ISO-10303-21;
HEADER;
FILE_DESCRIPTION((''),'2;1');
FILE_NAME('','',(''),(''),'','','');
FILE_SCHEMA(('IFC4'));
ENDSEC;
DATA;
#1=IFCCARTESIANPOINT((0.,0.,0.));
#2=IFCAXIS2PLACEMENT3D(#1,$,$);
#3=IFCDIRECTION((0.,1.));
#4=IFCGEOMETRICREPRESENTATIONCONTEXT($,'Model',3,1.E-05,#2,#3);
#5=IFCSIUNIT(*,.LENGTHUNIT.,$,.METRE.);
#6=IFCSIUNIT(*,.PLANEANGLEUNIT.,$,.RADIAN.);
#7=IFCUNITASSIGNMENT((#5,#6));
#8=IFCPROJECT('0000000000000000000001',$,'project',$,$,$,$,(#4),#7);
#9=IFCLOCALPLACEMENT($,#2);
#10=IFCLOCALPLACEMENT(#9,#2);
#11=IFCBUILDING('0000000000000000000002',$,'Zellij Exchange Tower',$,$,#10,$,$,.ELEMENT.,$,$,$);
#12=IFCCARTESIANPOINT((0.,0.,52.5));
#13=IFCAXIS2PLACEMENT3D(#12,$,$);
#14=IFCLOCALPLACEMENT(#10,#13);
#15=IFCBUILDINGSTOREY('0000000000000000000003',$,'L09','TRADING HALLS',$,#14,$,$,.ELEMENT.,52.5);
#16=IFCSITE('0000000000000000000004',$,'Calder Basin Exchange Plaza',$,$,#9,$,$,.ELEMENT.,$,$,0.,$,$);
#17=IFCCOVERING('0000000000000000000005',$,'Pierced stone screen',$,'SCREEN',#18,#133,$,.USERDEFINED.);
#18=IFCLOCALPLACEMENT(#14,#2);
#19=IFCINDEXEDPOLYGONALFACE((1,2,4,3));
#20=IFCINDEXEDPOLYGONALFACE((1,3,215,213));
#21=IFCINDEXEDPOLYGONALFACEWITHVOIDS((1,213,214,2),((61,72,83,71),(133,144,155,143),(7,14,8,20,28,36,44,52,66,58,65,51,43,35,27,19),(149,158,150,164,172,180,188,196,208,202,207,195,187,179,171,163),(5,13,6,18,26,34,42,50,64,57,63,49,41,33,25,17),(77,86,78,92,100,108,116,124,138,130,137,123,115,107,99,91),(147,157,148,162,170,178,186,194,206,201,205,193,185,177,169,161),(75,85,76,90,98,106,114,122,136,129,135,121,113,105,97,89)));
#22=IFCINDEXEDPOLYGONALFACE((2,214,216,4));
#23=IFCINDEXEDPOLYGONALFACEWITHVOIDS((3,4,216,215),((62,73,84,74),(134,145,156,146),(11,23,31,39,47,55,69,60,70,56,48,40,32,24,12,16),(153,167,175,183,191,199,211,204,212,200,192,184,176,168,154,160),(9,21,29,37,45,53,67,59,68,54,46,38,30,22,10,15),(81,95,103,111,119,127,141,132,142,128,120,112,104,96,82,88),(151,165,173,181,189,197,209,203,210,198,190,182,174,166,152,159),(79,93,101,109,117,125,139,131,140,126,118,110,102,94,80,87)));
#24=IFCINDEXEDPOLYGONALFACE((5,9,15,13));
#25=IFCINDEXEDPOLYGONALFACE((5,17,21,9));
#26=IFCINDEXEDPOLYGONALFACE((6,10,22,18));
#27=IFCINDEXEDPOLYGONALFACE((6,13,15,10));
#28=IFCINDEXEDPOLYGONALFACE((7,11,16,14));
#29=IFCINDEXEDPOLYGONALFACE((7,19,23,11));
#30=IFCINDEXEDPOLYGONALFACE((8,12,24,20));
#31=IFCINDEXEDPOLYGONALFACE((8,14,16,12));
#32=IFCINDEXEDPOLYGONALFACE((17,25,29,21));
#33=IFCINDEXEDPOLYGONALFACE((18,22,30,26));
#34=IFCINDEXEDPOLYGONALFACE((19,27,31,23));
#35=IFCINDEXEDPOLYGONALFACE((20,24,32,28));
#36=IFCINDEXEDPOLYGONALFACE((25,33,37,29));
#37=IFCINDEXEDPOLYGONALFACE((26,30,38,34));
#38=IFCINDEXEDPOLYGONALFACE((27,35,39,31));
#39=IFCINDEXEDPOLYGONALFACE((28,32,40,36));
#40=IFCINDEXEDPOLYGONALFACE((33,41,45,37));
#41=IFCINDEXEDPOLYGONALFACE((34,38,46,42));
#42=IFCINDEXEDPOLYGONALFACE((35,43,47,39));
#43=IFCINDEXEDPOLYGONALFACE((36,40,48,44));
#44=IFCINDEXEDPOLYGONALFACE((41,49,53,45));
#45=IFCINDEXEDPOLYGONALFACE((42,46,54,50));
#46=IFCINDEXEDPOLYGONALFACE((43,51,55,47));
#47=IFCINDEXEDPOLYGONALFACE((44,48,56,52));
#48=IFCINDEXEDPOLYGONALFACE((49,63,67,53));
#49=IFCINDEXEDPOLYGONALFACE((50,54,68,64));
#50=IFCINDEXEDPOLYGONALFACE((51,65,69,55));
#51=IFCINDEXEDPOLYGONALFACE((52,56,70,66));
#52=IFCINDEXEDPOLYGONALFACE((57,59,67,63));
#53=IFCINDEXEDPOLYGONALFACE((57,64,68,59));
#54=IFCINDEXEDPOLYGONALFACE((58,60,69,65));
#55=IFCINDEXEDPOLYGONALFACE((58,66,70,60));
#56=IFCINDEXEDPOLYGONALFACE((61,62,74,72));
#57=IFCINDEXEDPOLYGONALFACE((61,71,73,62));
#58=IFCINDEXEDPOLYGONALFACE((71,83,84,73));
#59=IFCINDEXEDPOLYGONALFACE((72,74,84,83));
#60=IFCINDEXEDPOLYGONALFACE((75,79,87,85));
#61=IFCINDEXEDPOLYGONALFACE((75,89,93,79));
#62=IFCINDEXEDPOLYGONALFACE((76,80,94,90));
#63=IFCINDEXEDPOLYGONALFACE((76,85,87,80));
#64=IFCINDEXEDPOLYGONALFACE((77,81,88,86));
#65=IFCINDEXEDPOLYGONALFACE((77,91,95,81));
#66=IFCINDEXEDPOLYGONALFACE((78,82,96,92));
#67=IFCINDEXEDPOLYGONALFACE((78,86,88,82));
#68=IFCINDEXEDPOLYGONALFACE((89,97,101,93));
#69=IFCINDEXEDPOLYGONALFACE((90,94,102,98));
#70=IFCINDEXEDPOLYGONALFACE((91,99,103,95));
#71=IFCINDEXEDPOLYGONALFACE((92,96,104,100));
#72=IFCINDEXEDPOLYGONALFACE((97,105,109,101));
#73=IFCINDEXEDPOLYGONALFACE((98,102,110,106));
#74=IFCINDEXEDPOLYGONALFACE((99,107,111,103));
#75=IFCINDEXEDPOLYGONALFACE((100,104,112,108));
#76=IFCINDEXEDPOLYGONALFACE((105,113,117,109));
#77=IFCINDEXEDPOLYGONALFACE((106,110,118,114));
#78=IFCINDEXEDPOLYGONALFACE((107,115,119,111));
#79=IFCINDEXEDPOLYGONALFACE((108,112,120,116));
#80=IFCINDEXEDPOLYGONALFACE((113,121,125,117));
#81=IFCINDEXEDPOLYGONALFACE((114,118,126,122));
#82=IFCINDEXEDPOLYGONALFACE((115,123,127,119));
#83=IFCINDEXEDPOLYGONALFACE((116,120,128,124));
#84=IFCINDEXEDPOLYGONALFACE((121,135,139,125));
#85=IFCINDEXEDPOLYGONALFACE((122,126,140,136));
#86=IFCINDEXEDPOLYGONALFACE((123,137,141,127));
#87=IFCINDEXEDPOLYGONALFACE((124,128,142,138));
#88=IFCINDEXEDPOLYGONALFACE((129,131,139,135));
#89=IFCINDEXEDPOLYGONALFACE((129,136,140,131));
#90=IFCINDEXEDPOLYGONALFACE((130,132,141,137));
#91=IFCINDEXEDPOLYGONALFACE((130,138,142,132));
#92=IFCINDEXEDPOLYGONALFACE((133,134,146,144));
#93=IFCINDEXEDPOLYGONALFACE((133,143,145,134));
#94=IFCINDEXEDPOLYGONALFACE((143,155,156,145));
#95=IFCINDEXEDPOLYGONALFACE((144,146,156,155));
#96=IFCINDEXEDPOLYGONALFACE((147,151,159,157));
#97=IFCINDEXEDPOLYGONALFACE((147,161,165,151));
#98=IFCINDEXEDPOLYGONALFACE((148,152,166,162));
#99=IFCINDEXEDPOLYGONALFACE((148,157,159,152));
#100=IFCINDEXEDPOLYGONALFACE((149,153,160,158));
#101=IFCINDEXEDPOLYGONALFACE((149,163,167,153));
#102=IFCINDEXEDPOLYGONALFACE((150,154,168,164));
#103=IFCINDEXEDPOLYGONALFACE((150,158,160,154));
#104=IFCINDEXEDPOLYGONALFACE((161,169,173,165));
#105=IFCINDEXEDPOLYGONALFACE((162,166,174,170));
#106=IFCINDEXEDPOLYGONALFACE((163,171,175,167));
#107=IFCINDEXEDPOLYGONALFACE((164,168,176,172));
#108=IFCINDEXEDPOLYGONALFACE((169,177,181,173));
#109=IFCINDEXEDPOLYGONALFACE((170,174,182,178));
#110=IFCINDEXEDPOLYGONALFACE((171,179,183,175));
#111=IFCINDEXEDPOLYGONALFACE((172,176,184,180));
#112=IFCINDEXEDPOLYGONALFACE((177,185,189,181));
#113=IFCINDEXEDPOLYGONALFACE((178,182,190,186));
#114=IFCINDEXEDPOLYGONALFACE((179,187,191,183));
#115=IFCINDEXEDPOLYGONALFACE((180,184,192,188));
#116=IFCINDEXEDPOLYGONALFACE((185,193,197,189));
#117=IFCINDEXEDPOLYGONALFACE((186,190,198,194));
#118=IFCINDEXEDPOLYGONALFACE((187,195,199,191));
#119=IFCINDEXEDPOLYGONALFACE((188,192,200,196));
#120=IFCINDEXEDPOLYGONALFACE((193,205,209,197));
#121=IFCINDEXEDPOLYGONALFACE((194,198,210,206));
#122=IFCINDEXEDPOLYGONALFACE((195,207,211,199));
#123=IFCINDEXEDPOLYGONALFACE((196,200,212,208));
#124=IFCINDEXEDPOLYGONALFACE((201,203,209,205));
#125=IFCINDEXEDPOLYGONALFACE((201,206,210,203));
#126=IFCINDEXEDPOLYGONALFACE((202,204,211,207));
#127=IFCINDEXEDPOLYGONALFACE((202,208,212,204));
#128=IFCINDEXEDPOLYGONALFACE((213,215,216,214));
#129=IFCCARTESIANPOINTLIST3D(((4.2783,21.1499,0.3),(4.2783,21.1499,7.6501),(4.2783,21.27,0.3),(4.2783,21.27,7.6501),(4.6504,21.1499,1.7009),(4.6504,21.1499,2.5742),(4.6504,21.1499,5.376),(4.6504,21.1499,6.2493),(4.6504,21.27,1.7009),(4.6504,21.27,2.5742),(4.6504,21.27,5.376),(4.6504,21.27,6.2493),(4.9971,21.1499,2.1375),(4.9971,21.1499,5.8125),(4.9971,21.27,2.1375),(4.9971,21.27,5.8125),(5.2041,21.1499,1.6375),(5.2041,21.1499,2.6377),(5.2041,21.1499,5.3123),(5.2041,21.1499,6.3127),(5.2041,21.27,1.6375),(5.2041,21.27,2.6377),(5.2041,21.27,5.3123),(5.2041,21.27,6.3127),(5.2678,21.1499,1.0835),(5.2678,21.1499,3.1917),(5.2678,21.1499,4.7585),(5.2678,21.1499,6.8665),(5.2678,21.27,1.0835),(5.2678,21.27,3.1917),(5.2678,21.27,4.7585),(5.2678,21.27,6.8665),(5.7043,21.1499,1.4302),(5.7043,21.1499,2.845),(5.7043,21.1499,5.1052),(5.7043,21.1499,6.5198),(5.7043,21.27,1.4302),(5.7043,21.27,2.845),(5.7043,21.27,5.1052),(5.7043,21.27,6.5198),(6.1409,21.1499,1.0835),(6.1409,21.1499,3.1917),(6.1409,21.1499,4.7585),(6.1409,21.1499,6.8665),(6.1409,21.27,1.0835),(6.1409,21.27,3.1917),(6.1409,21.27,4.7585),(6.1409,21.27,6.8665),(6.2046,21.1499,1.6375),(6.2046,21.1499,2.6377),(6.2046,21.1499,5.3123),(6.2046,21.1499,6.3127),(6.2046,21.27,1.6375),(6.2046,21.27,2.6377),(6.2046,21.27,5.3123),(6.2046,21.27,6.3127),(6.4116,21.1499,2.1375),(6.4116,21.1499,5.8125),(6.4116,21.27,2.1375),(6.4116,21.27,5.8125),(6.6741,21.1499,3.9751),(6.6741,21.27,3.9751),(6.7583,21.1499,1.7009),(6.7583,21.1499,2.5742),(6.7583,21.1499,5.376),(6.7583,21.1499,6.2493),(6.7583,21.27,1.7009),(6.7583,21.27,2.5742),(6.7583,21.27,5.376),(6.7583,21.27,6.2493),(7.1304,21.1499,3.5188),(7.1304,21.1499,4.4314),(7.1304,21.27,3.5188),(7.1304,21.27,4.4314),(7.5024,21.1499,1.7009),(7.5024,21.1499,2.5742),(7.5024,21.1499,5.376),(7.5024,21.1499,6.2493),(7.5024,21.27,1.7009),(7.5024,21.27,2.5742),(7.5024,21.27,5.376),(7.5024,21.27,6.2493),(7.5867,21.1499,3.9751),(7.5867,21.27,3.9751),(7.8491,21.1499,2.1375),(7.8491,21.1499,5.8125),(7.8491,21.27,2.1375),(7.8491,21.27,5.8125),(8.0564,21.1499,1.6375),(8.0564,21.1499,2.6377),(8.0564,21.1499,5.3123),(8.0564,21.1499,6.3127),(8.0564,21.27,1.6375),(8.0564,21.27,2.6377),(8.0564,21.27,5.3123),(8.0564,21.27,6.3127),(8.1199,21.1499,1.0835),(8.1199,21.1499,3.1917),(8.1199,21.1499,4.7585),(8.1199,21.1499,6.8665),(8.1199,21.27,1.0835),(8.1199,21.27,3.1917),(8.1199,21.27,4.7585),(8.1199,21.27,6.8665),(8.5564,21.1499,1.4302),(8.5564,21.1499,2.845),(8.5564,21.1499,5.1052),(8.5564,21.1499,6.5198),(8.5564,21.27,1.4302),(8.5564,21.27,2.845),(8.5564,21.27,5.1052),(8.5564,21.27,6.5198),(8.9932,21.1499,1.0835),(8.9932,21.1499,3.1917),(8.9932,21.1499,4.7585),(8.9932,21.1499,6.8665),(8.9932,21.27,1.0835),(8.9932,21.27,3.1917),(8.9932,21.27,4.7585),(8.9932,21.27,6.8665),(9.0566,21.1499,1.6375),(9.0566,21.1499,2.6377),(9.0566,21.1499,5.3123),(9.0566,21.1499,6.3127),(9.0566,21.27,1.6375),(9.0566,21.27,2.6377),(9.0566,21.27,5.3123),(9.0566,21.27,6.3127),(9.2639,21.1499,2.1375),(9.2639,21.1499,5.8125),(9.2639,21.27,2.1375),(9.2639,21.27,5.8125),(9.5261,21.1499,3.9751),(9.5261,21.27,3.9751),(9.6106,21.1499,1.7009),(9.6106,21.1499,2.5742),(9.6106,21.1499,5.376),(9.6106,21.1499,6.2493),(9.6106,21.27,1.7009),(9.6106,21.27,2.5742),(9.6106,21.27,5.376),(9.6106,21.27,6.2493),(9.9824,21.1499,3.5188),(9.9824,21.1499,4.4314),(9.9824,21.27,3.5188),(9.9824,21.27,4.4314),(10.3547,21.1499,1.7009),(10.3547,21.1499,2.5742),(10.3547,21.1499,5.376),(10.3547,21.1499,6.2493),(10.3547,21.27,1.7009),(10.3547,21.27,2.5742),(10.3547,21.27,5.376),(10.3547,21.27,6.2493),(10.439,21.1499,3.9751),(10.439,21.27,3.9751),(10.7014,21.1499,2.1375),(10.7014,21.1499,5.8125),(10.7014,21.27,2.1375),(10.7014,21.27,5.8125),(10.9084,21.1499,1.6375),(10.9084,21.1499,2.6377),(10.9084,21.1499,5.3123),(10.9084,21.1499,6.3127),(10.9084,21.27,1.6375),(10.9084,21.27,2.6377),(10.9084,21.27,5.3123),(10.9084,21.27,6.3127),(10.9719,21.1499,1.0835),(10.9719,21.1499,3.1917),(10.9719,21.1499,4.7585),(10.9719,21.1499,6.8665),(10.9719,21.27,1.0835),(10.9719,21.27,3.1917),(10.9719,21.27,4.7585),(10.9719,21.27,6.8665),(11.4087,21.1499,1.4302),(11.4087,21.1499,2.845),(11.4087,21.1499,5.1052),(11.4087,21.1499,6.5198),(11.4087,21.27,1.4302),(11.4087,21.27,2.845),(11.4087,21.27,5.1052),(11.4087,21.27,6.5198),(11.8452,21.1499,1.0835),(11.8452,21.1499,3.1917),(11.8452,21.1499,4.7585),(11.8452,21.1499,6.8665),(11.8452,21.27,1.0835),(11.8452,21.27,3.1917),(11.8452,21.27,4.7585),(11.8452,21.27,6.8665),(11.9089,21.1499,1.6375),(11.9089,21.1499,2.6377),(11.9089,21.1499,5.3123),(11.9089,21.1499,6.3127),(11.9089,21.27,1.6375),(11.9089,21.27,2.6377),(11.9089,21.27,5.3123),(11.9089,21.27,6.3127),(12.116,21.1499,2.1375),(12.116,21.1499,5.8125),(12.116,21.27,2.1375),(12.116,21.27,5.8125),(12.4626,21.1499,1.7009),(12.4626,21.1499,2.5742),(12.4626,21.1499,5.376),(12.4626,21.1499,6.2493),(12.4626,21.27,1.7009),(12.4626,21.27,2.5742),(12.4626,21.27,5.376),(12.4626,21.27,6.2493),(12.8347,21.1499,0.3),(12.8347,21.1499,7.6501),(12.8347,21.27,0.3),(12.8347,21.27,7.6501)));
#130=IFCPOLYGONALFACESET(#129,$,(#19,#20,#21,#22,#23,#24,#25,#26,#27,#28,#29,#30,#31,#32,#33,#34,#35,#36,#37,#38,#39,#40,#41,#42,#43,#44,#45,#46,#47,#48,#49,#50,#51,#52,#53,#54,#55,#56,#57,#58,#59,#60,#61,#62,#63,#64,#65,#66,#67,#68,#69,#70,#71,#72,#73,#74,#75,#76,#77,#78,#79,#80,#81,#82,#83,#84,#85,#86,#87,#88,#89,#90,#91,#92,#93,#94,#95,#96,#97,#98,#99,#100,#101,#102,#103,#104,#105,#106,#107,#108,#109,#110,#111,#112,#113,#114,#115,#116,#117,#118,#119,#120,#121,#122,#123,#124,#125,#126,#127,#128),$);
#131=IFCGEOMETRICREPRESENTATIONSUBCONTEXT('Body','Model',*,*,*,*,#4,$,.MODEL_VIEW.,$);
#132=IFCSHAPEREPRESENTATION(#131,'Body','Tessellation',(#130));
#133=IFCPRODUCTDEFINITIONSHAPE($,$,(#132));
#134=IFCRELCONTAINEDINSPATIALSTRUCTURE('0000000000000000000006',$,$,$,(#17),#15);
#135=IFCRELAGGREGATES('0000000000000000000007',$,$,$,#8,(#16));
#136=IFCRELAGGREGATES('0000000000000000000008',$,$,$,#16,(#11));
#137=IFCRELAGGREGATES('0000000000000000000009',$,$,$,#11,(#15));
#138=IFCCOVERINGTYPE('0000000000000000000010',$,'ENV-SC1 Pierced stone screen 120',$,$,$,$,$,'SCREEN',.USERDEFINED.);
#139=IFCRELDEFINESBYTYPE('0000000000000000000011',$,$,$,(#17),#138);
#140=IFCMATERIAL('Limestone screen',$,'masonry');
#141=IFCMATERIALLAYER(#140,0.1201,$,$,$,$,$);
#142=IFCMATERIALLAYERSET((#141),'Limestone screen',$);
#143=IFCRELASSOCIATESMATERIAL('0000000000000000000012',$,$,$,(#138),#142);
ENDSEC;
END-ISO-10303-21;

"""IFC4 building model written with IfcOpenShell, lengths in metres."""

from ifc_helpers import new_model, si_unit, direction, frame, origin, place, context, subcontext, project, spatial, polyline, outline, extrude, material, layer, layer_set, type_object, element, save


model = new_model("IFC4")

# Units and contexts
model_context = context("Model", 3, precision=1e-05, world=origin(), true_north=direction((0.0, 1.0)))
body_context = subcontext(model_context, "Body", "Model", "MODEL_VIEW")
ifc_project = project(units=[si_unit("LENGTHUNIT", "METRE"), si_unit("PLANEANGLEUNIT", "RADIAN")], contexts=[model_context])

# Site, building, storey
site_placement = place(None, origin())
site = spatial("IfcSite", under=ifc_project, at=site_placement, Name="Calder Basin Exchange Plaza", CompositionType="ELEMENT", RefElevation=0.0)
building_placement = place(site_placement, origin())
building = spatial("IfcBuilding", under=site, at=building_placement, Name="Zellij Exchange Tower", CompositionType="ELEMENT")
storey_placement = place(building_placement, frame((0.0, 0.0, 52.5)))
storey = spatial("IfcBuildingStorey", under=building, at=storey_placement, Name="L09", Description="TRADING HALLS", CompositionType="ELEMENT", Elevation=52.5)

# Covering
ifc_material_1 = material(Name="Limestone screen", Category="masonry")
ifc_layer_1 = layer(ifc_material_1, 0.1201)
ifc_layer_set_1 = layer_set([ifc_layer_1], Name="Limestone screen")
covering_type_1 = type_object("IfcCoveringType", Name="ENV-SC1 Pierced stone screen 120", ElementType="SCREEN", PredefinedType="USERDEFINED", material=ifc_layer_set_1)
covering_1_placement = place(storey_placement, frame((12.8347, 21.21, 0.3), z_axis=(0.0, 0.0, 1.0), x_axis=(-1.0, 0.0, 0.0)))
element("IfcCovering", 1, at=covering_1_placement, inside=storey, type_object=covering_type_1, Name="Pierced stone screen", ObjectType="SCREEN", PredefinedType="USERDEFINED", context=body_context, shape_type="SweptSolid", body=[
    extrude(outline(polyline([(0.0, 0.0), (8.5564, 0.0), (8.5564, 7.3501), (0.0, 7.3501), (0.0, 0.0)]), holes=[polyline([(2.48, 2.2742), (1.9263, 2.3376), (1.8628, 2.8916), (1.426, 2.5449), (0.9895, 2.8916), (0.9258, 2.3376), (0.3721, 2.2742), (0.7188, 1.8374), (0.3721, 1.4009), (0.9258, 1.3374), (0.9895, 0.7834), (1.426, 1.1301), (1.8628, 0.7834), (1.9263, 1.3374), (2.48, 1.4009), (2.1333, 1.8374), (2.48, 2.2742)]), polyline([(2.48, 5.9492), (1.9263, 6.0127), (1.8628, 6.5664), (1.426, 6.2197), (0.9895, 6.5664), (0.9258, 6.0127), (0.3721, 5.9492), (0.7188, 5.5125), (0.3721, 5.0759), (0.9258, 5.0122), (0.9895, 4.4585), (1.426, 4.8052), (1.8628, 4.4585), (1.9263, 5.0122), (2.48, 5.0759), (2.1333, 5.5125), (2.48, 5.9492)]), polyline([(5.3323, 2.2742), (4.7783, 2.3376), (4.7148, 2.8916), (4.2783, 2.5449), (3.8416, 2.8916), (3.7781, 2.3376), (3.2241, 2.2742), (3.5708, 1.8374), (3.2241, 1.4009), (3.7781, 1.3374), (3.8416, 0.7834), (4.2783, 1.1301), (4.7148, 0.7834), (4.7783, 1.3374), (5.3323, 1.4009), (4.9856, 1.8374), (5.3323, 2.2742)]), polyline([(5.3323, 5.9492), (4.7783, 6.0127), (4.7148, 6.5664), (4.2783, 6.2197), (3.8416, 6.5664), (3.7781, 6.0127), (3.2241, 5.9492), (3.5708, 5.5125), (3.2241, 5.0759), (3.7781, 5.0122), (3.8416, 4.4585), (4.2783, 4.8052), (4.7148, 4.4585), (4.7783, 5.0122), (5.3323, 5.0759), (4.9856, 5.5125), (5.3323, 5.9492)]), polyline([(8.1843, 2.2742), (7.6306, 2.3376), (7.5669, 2.8916), (7.1304, 2.5449), (6.6938, 2.8916), (6.6301, 2.3376), (6.0764, 2.2742), (6.4231, 1.8374), (6.0764, 1.4009), (6.6301, 1.3374), (6.6938, 0.7834), (7.1304, 1.1301), (7.5669, 0.7834), (7.6306, 1.3374), (8.1843, 1.4009), (7.8376, 1.8374), (8.1843, 2.2742)]), polyline([(8.1843, 5.9492), (7.6306, 6.0127), (7.5669, 6.5664), (7.1304, 6.2197), (6.6938, 6.5664), (6.6301, 6.0127), (6.0764, 5.9492), (6.4231, 5.5125), (6.0764, 5.0759), (6.6301, 5.0122), (6.6938, 4.4585), (7.1304, 4.8052), (7.5669, 4.4585), (7.6306, 5.0122), (8.1843, 5.0759), (7.8376, 5.5125), (8.1843, 5.9492)]), polyline([(3.3086, 3.675), (2.8523, 4.1313), (2.3958, 3.675), (2.8523, 3.2188), (3.3086, 3.675)]), polyline([(6.1606, 3.675), (5.7043, 4.1313), (5.248, 3.675), (5.7043, 3.2188), (6.1606, 3.675)])]), frame((0.0, 0.0601, 0.0), z_axis=(0.0, -1.0, 0.0), x_axis=(1.0, 0.0, 0.0)), (0.0, 0.0, 1.0), 0.1201),
])

save(model, "model.ifc")
